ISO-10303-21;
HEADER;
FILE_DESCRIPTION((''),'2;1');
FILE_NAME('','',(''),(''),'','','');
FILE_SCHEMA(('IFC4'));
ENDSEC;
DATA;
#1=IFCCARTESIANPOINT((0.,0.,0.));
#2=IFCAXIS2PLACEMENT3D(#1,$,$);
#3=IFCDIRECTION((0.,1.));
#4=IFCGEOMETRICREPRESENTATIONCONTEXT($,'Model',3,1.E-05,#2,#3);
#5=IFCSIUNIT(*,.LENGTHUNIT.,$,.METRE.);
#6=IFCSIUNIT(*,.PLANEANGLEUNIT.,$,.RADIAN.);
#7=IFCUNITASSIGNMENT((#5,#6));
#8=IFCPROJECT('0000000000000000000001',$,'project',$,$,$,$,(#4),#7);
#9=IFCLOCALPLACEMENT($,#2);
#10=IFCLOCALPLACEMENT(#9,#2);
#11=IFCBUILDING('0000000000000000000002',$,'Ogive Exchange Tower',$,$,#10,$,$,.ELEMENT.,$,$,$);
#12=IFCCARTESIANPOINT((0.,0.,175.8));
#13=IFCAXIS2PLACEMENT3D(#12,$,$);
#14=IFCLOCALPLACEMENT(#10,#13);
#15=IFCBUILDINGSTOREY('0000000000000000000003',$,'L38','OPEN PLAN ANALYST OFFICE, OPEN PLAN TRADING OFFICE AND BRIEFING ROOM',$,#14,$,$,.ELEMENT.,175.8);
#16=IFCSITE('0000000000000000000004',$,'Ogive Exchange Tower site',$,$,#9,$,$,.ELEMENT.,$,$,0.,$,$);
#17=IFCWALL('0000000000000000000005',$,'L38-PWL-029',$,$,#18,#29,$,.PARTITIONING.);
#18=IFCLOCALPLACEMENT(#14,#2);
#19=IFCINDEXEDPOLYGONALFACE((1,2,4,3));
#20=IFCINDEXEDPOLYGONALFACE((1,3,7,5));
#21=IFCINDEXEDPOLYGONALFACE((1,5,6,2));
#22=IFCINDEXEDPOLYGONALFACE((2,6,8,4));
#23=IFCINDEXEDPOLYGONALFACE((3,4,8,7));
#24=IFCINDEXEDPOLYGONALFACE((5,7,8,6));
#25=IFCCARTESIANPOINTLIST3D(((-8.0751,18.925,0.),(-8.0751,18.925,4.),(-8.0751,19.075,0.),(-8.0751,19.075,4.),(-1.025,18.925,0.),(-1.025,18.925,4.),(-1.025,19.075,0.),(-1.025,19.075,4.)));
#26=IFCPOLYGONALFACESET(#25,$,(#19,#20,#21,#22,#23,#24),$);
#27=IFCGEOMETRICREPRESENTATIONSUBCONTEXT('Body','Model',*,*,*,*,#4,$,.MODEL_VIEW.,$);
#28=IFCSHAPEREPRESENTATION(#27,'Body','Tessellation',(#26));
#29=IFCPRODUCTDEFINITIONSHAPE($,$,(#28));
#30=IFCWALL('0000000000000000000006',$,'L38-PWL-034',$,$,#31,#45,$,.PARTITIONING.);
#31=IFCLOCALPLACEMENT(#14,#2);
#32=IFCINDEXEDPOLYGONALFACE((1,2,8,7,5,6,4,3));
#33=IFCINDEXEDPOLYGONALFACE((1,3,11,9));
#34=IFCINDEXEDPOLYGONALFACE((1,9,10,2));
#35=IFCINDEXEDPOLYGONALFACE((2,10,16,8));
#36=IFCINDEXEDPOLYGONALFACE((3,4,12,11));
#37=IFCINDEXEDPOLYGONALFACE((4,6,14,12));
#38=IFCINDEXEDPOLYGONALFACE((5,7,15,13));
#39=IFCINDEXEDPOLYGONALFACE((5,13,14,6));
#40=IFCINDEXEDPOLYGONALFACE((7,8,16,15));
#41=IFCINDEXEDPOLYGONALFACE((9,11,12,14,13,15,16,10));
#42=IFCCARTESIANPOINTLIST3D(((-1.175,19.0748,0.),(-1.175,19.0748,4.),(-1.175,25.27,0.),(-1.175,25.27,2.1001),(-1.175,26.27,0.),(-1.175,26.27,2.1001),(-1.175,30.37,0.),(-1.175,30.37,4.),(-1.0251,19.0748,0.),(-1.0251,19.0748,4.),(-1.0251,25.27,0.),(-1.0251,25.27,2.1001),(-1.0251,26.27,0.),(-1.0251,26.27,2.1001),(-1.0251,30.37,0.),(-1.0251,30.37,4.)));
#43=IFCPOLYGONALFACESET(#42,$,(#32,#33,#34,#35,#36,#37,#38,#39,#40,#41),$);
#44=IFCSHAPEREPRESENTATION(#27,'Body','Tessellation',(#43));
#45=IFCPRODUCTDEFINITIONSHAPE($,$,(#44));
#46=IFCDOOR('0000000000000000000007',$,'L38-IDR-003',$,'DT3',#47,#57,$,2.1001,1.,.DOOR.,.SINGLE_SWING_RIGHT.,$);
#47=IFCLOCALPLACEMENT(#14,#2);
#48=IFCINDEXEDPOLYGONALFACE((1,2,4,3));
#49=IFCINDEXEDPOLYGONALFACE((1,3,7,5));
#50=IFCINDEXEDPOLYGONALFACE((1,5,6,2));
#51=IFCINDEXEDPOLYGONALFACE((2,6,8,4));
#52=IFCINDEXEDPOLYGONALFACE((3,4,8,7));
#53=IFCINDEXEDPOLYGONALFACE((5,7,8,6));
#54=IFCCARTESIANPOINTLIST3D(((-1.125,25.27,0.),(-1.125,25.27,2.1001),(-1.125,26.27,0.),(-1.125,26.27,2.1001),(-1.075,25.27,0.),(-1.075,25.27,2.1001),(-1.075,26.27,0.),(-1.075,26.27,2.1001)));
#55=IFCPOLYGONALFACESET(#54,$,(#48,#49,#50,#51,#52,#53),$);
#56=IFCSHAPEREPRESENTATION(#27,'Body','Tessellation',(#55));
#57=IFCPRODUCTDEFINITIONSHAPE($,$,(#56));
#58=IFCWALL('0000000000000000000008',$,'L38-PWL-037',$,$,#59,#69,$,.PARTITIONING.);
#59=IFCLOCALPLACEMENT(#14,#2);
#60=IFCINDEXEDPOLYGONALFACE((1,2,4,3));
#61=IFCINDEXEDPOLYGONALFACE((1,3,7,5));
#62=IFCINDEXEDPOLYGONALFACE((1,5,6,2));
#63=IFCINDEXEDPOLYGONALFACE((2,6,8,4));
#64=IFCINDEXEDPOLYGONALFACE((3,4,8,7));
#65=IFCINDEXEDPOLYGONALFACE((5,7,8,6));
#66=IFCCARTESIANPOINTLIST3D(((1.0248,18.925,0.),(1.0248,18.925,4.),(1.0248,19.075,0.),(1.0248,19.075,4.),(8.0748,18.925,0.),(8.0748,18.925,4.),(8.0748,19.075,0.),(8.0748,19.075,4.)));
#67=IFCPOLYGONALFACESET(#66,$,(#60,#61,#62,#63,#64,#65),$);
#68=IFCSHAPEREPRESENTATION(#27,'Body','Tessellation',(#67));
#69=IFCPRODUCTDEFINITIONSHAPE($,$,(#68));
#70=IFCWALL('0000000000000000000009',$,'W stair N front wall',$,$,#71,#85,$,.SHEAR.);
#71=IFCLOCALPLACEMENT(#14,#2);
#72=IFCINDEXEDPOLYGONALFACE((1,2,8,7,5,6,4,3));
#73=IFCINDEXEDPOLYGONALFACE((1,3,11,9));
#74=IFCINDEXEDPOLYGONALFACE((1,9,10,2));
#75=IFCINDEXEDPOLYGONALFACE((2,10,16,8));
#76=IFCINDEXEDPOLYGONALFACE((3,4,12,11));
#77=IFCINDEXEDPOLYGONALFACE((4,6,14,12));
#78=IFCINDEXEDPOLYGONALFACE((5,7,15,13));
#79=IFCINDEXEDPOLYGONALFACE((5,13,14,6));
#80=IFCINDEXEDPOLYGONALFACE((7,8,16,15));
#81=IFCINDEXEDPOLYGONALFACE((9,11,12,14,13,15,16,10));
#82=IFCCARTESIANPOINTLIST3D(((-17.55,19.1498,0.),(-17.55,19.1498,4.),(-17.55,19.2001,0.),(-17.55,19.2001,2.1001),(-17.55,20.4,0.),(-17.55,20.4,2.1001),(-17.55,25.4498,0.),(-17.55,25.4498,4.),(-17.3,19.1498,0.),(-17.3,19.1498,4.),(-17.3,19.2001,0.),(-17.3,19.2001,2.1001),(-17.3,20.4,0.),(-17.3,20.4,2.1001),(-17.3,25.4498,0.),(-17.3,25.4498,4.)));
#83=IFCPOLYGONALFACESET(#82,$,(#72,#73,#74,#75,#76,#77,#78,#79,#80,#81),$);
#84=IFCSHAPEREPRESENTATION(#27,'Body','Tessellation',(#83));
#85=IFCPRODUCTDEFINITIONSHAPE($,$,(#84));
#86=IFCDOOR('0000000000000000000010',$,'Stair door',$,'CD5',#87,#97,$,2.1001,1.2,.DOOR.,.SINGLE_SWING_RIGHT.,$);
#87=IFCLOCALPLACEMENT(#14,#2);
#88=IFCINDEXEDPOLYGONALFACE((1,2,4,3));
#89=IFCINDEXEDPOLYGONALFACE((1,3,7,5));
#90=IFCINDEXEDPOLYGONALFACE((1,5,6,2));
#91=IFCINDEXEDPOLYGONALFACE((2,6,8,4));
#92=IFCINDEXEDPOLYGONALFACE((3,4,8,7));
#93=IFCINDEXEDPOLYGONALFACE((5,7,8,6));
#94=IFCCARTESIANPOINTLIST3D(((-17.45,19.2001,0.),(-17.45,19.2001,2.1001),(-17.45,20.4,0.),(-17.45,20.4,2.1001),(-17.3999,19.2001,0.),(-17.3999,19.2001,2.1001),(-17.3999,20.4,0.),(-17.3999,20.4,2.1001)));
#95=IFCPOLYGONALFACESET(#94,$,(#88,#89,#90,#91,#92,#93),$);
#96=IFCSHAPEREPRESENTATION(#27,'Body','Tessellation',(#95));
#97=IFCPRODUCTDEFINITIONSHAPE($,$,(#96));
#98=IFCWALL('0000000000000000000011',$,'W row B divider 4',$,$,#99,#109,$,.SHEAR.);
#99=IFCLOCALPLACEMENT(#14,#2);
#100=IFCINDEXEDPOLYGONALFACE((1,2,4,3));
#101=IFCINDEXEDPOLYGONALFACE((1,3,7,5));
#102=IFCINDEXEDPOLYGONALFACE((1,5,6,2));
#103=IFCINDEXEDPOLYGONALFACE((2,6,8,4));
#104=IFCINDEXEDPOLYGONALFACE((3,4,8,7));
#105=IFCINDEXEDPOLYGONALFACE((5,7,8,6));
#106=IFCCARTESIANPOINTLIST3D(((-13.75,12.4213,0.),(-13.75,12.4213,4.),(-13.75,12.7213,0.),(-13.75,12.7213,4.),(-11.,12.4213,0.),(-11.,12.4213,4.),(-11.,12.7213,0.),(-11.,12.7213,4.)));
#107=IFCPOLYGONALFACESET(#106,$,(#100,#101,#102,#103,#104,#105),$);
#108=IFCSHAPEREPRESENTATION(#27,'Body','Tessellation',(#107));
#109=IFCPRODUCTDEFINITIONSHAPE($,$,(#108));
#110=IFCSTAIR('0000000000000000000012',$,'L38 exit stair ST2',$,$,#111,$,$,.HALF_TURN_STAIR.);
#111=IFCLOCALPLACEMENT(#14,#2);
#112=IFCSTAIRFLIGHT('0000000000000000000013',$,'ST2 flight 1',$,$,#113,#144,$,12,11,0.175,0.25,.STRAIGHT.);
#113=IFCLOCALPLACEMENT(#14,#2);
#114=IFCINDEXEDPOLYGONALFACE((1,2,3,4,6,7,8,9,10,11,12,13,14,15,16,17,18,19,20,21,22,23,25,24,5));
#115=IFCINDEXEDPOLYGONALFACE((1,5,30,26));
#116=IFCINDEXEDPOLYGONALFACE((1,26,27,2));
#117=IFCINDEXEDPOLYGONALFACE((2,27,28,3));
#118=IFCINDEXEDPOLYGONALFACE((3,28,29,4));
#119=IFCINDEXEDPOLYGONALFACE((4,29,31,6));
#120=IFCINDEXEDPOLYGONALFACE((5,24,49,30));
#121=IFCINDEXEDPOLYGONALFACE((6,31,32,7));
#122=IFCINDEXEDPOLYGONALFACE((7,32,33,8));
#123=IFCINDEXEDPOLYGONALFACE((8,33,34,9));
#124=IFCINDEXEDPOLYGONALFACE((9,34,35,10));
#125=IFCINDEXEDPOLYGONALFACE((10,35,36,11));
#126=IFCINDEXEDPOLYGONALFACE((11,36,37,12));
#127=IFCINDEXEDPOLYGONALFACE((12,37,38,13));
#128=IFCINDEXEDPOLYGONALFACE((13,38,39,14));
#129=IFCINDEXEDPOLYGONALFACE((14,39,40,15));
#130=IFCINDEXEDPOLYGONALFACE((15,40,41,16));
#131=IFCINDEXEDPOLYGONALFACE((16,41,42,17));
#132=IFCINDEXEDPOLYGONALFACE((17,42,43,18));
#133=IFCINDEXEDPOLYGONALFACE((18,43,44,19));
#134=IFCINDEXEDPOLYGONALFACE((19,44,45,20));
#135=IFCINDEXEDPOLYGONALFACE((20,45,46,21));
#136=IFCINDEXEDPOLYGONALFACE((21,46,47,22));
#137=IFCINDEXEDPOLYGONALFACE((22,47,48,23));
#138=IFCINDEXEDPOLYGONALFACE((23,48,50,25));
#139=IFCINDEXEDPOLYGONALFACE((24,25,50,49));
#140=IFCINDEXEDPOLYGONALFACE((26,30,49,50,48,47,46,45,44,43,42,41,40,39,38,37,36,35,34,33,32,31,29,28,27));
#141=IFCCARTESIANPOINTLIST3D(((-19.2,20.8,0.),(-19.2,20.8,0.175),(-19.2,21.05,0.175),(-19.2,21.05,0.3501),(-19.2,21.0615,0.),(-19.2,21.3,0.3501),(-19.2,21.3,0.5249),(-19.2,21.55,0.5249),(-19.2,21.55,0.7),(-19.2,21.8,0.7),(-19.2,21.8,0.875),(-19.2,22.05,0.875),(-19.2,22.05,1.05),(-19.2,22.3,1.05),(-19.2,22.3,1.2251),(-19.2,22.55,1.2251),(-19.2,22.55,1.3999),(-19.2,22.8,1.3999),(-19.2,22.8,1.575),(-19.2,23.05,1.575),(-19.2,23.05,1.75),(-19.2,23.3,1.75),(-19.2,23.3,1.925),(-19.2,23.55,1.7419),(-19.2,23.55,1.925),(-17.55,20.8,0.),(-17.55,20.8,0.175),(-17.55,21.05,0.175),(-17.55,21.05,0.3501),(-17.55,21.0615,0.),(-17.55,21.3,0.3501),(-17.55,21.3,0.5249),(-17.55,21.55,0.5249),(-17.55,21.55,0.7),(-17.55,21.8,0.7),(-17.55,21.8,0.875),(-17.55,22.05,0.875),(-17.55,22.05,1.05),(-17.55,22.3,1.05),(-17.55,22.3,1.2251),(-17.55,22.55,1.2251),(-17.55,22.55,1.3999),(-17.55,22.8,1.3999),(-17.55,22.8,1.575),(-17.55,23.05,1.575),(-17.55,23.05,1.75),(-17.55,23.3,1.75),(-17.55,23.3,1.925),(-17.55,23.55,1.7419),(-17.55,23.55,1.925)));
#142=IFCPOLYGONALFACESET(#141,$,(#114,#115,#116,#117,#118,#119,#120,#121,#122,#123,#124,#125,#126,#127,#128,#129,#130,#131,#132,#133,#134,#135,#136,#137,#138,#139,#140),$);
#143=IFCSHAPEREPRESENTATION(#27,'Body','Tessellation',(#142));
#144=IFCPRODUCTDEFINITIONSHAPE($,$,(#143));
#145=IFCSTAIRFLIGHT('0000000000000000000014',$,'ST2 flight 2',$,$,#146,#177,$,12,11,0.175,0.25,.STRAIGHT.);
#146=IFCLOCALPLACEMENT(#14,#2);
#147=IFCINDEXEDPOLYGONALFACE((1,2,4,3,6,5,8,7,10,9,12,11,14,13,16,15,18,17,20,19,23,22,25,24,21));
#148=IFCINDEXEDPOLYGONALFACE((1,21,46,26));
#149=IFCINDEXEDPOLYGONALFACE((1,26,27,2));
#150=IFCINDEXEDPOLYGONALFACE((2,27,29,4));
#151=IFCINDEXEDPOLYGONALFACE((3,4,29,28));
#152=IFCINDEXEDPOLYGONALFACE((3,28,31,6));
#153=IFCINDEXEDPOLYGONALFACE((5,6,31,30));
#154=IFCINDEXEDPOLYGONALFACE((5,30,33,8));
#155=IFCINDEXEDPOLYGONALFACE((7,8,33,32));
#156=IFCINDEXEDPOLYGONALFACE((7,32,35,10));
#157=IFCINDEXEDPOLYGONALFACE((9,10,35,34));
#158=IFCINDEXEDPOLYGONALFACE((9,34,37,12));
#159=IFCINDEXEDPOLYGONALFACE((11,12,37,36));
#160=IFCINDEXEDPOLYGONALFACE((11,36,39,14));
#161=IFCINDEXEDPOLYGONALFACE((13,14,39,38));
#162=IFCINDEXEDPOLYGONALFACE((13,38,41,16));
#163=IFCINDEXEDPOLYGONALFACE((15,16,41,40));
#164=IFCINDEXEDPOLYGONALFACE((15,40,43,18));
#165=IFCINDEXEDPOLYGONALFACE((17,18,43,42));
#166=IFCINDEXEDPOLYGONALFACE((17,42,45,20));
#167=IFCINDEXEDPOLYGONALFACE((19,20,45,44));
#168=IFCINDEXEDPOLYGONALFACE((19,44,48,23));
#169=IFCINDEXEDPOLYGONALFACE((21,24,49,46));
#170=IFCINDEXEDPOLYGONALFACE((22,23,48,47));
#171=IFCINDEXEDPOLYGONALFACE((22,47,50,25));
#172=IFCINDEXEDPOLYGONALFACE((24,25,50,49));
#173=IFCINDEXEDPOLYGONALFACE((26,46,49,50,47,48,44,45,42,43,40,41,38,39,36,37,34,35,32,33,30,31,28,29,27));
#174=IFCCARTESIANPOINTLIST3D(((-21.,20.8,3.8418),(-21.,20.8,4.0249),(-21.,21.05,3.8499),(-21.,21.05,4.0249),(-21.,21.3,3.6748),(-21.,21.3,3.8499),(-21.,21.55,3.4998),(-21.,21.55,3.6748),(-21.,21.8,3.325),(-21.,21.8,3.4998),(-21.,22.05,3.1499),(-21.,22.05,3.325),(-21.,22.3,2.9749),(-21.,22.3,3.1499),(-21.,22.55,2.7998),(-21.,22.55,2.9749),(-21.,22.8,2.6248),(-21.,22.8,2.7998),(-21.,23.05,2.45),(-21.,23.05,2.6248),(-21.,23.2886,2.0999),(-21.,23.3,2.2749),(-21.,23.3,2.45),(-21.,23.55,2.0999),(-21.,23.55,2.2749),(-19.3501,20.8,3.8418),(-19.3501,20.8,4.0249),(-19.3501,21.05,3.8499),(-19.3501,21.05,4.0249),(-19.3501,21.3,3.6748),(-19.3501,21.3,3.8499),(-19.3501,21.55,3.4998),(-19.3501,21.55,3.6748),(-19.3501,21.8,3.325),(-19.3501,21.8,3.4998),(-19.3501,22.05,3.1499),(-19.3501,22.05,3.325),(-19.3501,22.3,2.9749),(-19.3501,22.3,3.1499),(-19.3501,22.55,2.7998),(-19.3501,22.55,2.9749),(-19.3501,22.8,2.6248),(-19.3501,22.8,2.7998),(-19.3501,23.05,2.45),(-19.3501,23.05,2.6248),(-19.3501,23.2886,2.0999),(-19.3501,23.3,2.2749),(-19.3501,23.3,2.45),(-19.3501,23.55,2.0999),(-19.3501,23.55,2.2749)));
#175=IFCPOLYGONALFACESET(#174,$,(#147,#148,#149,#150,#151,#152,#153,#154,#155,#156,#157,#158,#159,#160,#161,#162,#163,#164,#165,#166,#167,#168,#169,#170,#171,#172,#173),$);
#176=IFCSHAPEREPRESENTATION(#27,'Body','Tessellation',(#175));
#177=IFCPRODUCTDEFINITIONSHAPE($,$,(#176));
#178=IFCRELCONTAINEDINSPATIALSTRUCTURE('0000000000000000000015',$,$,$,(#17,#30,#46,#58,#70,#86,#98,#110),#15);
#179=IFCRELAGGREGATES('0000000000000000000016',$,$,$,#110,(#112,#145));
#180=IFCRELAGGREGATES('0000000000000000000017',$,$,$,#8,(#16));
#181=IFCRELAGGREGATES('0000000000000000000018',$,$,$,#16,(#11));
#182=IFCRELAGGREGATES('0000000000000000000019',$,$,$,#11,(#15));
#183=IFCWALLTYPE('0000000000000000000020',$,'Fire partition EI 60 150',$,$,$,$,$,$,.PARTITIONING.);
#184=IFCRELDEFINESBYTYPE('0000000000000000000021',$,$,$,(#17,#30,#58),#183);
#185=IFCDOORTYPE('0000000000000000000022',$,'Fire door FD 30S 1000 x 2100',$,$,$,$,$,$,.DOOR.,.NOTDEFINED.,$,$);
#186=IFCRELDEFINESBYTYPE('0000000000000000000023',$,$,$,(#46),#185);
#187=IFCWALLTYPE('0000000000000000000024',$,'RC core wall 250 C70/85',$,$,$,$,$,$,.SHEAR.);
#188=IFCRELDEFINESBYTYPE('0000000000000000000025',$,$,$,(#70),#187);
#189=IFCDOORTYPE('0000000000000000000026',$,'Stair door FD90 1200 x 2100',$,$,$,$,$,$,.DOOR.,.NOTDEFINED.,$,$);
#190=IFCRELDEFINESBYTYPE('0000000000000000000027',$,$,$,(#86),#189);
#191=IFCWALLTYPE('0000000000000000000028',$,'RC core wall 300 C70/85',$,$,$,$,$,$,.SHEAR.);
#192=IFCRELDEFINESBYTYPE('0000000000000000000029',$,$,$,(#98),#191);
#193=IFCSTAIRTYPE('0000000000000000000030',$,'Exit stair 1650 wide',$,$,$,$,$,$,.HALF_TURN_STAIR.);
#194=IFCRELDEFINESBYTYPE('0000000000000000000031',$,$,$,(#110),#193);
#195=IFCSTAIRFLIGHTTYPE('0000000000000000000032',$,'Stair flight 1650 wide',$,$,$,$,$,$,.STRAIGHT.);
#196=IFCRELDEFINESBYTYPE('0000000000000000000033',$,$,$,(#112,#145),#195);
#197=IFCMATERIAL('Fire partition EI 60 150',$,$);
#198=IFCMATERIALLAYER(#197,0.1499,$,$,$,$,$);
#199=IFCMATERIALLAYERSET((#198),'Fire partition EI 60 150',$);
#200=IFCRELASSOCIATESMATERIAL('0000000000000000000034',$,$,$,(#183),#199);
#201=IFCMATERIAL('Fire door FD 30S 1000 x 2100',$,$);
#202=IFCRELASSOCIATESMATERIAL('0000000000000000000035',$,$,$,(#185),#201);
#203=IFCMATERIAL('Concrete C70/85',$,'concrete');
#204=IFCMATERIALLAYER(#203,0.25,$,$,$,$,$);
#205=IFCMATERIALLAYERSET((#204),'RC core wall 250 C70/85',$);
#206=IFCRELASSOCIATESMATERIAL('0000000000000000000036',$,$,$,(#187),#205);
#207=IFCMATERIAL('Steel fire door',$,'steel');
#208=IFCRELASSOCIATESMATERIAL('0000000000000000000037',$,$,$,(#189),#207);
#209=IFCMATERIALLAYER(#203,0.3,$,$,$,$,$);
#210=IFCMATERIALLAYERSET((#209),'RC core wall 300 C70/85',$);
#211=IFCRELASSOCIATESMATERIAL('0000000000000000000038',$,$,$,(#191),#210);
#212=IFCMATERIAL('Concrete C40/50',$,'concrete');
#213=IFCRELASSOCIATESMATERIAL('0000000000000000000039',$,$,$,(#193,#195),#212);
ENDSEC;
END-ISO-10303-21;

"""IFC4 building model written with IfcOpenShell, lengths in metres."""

from ifc_helpers import new_model, si_unit, direction, frame, frame_2d, origin, place, context, subcontext, project, spatial, polyline, rectangle, outline, extrude, material, layer, layer_set, type_object, element, fill, aggregate, save


model = new_model("IFC4")

# Units and contexts
model_context = context("Model", 3, precision=1e-05, world=origin(), true_north=direction((0.0, 1.0)))
body_context = subcontext(model_context, "Body", "Model", "MODEL_VIEW")
ifc_project = project(units=[si_unit("LENGTHUNIT", "METRE"), si_unit("PLANEANGLEUNIT", "RADIAN")], contexts=[model_context])

# Site, building, storey
site_placement = place(None, origin())
site = spatial("IfcSite", under=ifc_project, at=site_placement, Name="Ogive Exchange Tower site", CompositionType="ELEMENT", RefElevation=0.0)
building_placement = place(site_placement, origin())
building = spatial("IfcBuilding", under=site, at=building_placement, Name="Ogive Exchange Tower", CompositionType="ELEMENT")
storey_placement = place(building_placement, frame((0.0, 0.0, 175.8)))
storey = spatial("IfcBuildingStorey", under=building, at=storey_placement, Name="L38", Description="OPEN PLAN ANALYST OFFICE, OPEN PLAN TRADING OFFICE AND BRIEFING ROOM", CompositionType="ELEMENT", Elevation=175.8)

# Wall
ifc_material_1 = material(Name="Fire partition EI 60 150")
ifc_layer_1 = layer(ifc_material_1, 0.1499)
ifc_layer_set_1 = layer_set([ifc_layer_1], Name="Fire partition EI 60 150")
wall_type_1 = type_object("IfcWallType", Name="Fire partition EI 60 150", PredefinedType="PARTITIONING", material=ifc_layer_set_1)
wall_1_placement = place(storey_placement, frame((-8.075, 19.0, 0.0), z_axis=(0.0, 0.0, 1.0), x_axis=(1.0, 0.0, 0.0)))
element("IfcWall", 1, at=wall_1_placement, inside=storey, type_object=wall_type_1, Name="L38-PWL-029", PredefinedType="PARTITIONING", context=body_context, shape_type="SweptSolid", body=[
    extrude(rectangle(XDim=7.05, YDim=0.1499, at=frame_2d((3.5249, 0.0))), origin(), (0.0, 0.0, 1.0), 4.0),
])

# Wall, opening, door
wall_2_placement = place(storey_placement, frame((-1.1001, 19.075, 0.0), z_axis=(0.0, 0.0, 1.0), x_axis=(0.0, 1.0, 0.0)))
wall_2 = element("IfcWall", 2, at=wall_2_placement, inside=storey, type_object=wall_type_1, Name="L38-PWL-034", PredefinedType="PARTITIONING", context=body_context, shape_type="SweptSolid", body=[
    extrude(rectangle(XDim=11.2952, YDim=0.1499, at=frame_2d((5.6475, 0.0))), origin(), (0.0, 0.0, 1.0), 4.0),
])
opening_1_placement = place(wall_2_placement, frame((6.1951, 0.0, 0.0)))
opening_1 = element("IfcOpeningElement", 3, at=opening_1_placement, cuts=wall_2, PredefinedType="OPENING", context=body_context, shape_type="SweptSolid", body=[
    extrude(rectangle(XDim=1.0, YDim=2.1001, at=frame_2d((0.5, 1.05))), frame((0.0, 0.085, 0.0), z_axis=(0.0, -1.0, 0.0), x_axis=(1.0, 0.0, 0.0)), (0.0, 0.0, 1.0), 0.1699),
])
ifc_material_2 = material(Name="Fire door FD 30S 1000 x 2100")
door_type_1 = type_object("IfcDoorType", Name="Fire door FD 30S 1000 x 2100", OperationType="NOTDEFINED", PredefinedType="DOOR", material=ifc_material_2)
door_1_placement = place(opening_1_placement, origin())
door_1 = element("IfcDoor", 4, at=door_1_placement, inside=storey, type_object=door_type_1, Name="L38-IDR-003", ObjectType="DT3", OperationType="SINGLE_SWING_RIGHT", OverallHeight=2.1001, OverallWidth=1.0, PredefinedType="DOOR", context=body_context, shape_type="SweptSolid", body=[
    extrude(rectangle(XDim=1.0, YDim=2.1001, at=frame_2d((0.5, 1.05))), frame((0.0, 0.0249, 0.0), z_axis=(0.0, -1.0, 0.0), x_axis=(1.0, 0.0, 0.0)), (0.0, 0.0, 1.0), 0.05),
])
fill(opening_1, door_1)

# Wall
wall_3_placement = place(storey_placement, frame((1.0249, 19.0, 0.0), z_axis=(0.0, 0.0, 1.0), x_axis=(1.0, 0.0, 0.0)))
element("IfcWall", 5, at=wall_3_placement, inside=storey, type_object=wall_type_1, Name="L38-PWL-037", PredefinedType="PARTITIONING", context=body_context, shape_type="SweptSolid", body=[
    extrude(rectangle(XDim=7.05, YDim=0.1499, at=frame_2d((3.5249, 0.0))), origin(), (0.0, 0.0, 1.0), 4.0),
])

# Wall, opening, door
ifc_material_3 = material(Name="Concrete C70/85", Category="concrete")
ifc_layer_2 = layer(ifc_material_3, 0.25)
ifc_layer_set_2 = layer_set([ifc_layer_2], Name="RC core wall 250 C70/85")
wall_type_2 = type_object("IfcWallType", Name="RC core wall 250 C70/85", PredefinedType="SHEAR", material=ifc_layer_set_2)
wall_4_placement = place(storey_placement, frame((-17.425, 19.1499, 0.0), z_axis=(0.0, 0.0, 1.0), x_axis=(0.0, 1.0, 0.0)))
wall_4 = element("IfcWall", 6, at=wall_4_placement, inside=storey, type_object=wall_type_2, Name="W stair N front wall", PredefinedType="SHEAR", context=body_context, shape_type="SweptSolid", body=[
    extrude(rectangle(XDim=6.3, YDim=0.25, at=frame_2d((3.1499, 0.0))), origin(), (0.0, 0.0, 1.0), 4.0),
])
opening_2_placement = place(wall_4_placement, frame((0.05, 0.0, 0.0)))
opening_2 = element("IfcOpeningElement", 7, at=opening_2_placement, cuts=wall_4, PredefinedType="OPENING", context=body_context, shape_type="SweptSolid", body=[
    extrude(rectangle(XDim=1.2, YDim=2.1001, at=frame_2d((0.6001, 1.05))), frame((0.0, 0.135, 0.0), z_axis=(0.0, -1.0, 0.0), x_axis=(1.0, 0.0, 0.0)), (0.0, 0.0, 1.0), 0.27),
])
ifc_material_4 = material(Name="Steel fire door", Category="steel")
door_type_2 = type_object("IfcDoorType", Name="Stair door FD90 1200 x 2100", OperationType="NOTDEFINED", PredefinedType="DOOR", material=ifc_material_4)
door_2_placement = place(opening_2_placement, origin())
door_2 = element("IfcDoor", 8, at=door_2_placement, inside=storey, type_object=door_type_2, Name="Stair door", ObjectType="CD5", OperationType="SINGLE_SWING_RIGHT", OverallHeight=2.1001, OverallWidth=1.2, PredefinedType="DOOR", context=body_context, shape_type="SweptSolid", body=[
    extrude(rectangle(XDim=1.2, YDim=2.1001, at=frame_2d((0.6001, 1.05))), frame((0.0, 0.0249, 0.0), z_axis=(0.0, -1.0, 0.0), x_axis=(1.0, 0.0, 0.0)), (0.0, 0.0, 1.0), 0.05),
])
fill(opening_2, door_2)

# Wall
ifc_layer_3 = layer(ifc_material_3, 0.3)
ifc_layer_set_3 = layer_set([ifc_layer_3], Name="RC core wall 300 C70/85")
wall_type_3 = type_object("IfcWallType", Name="RC core wall 300 C70/85", PredefinedType="SHEAR", material=ifc_layer_set_3)
wall_5_placement = place(storey_placement, frame((-13.75, 12.5713, 0.0), z_axis=(0.0, 0.0, 1.0), x_axis=(1.0, 0.0, 0.0)))
element("IfcWall", 9, at=wall_5_placement, inside=storey, type_object=wall_type_3, Name="W row B divider 4", PredefinedType="SHEAR", context=body_context, shape_type="SweptSolid", body=[
    extrude(rectangle(XDim=2.75, YDim=0.3, at=frame_2d((1.375, 0.0))), origin(), (0.0, 0.0, 1.0), 4.0),
])

# Stair, stair flights
ifc_material_5 = material(Name="Concrete C40/50", Category="concrete")
stair_type = type_object("IfcStairType", Name="Exit stair 1650 wide", PredefinedType="HALF_TURN_STAIR", material=ifc_material_5)
stair_placement = place(storey_placement, origin())
stair = element("IfcStair", 10, at=stair_placement, inside=storey, type_object=stair_type, Name="L38 exit stair ST2", PredefinedType="HALF_TURN_STAIR")
stair_flight_type = type_object("IfcStairFlightType", Name="Stair flight 1650 wide", PredefinedType="STRAIGHT", material=ifc_material_5)
stair_flight_1_placement = place(storey_placement, frame((-18.375, 20.8, 0.0), z_axis=(0.0, 0.0, 1.0), x_axis=(0.0, 1.0, 0.0)))
stair_flight_1 = element("IfcStairFlight", 11, at=stair_flight_1_placement, type_object=stair_flight_type, Name="ST2 flight 1", NumberOfRisers=12, NumberOfTreads=11, PredefinedType="STRAIGHT", RiserHeight=0.175, TreadLength=0.25, context=body_context, shape_type="SweptSolid", body=[
    extrude(outline(polyline([(0.0, 0.0), (0.0, 0.175), (0.25, 0.175), (0.25, 0.3501), (0.5, 0.3501), (0.5, 0.5249), (0.75, 0.5249), (0.75, 0.7), (1.0, 0.7), (1.0, 0.875), (1.25, 0.875), (1.25, 1.05), (1.5, 1.05), (1.5, 1.2251), (1.75, 1.2251), (1.75, 1.3999), (2.0, 1.3999), (2.0, 1.575), (2.25, 1.575), (2.25, 1.75), (2.5, 1.75), (2.5, 1.925), (2.75, 1.925), (2.75, 2.1001), (2.75, 1.7419), (0.2615, 0.0), (0.0, 0.0)])), frame((0.0, 0.825, 0.0), z_axis=(0.0, -1.0, 0.0), x_axis=(1.0, 0.0, 0.0)), (0.0, 0.0, 1.0), 1.6499),
])
stair_flight_2_placement = place(storey_placement, frame((-20.175, 23.55, 2.0999), z_axis=(0.0, 0.0, 1.0), x_axis=(0.0, -1.0, 0.0)))
stair_flight_2 = element("IfcStairFlight", 12, at=stair_flight_2_placement, type_object=stair_flight_type, Name="ST2 flight 2", NumberOfRisers=12, NumberOfTreads=11, PredefinedType="STRAIGHT", RiserHeight=0.175, TreadLength=0.25, context=body_context, shape_type="SweptSolid", body=[
    extrude(outline(polyline([(0.0, 0.0), (0.0, 0.175), (0.25, 0.175), (0.25, 0.3501), (0.5, 0.3501), (0.5, 0.5249), (0.75, 0.5249), (0.75, 0.7), (1.0, 0.7), (1.0, 0.875), (1.25, 0.875), (1.25, 1.05), (1.5, 1.05), (1.5, 1.2251), (1.75, 1.2251), (1.75, 1.3999), (2.0, 1.3999), (2.0, 1.575), (2.25, 1.575), (2.25, 1.75), (2.5, 1.75), (2.5, 1.925), (2.75, 1.925), (2.75, 2.1001), (2.75, 1.7419), (0.2615, 0.0), (0.0, 0.0)])), frame((0.0, 0.825, 0.0), z_axis=(0.0, -1.0, 0.0), x_axis=(1.0, 0.0, 0.0)), (0.0, 0.0, 1.0), 1.6499),
])
aggregate(stair, [stair_flight_1, stair_flight_2])

save(model, "model.ifc")
